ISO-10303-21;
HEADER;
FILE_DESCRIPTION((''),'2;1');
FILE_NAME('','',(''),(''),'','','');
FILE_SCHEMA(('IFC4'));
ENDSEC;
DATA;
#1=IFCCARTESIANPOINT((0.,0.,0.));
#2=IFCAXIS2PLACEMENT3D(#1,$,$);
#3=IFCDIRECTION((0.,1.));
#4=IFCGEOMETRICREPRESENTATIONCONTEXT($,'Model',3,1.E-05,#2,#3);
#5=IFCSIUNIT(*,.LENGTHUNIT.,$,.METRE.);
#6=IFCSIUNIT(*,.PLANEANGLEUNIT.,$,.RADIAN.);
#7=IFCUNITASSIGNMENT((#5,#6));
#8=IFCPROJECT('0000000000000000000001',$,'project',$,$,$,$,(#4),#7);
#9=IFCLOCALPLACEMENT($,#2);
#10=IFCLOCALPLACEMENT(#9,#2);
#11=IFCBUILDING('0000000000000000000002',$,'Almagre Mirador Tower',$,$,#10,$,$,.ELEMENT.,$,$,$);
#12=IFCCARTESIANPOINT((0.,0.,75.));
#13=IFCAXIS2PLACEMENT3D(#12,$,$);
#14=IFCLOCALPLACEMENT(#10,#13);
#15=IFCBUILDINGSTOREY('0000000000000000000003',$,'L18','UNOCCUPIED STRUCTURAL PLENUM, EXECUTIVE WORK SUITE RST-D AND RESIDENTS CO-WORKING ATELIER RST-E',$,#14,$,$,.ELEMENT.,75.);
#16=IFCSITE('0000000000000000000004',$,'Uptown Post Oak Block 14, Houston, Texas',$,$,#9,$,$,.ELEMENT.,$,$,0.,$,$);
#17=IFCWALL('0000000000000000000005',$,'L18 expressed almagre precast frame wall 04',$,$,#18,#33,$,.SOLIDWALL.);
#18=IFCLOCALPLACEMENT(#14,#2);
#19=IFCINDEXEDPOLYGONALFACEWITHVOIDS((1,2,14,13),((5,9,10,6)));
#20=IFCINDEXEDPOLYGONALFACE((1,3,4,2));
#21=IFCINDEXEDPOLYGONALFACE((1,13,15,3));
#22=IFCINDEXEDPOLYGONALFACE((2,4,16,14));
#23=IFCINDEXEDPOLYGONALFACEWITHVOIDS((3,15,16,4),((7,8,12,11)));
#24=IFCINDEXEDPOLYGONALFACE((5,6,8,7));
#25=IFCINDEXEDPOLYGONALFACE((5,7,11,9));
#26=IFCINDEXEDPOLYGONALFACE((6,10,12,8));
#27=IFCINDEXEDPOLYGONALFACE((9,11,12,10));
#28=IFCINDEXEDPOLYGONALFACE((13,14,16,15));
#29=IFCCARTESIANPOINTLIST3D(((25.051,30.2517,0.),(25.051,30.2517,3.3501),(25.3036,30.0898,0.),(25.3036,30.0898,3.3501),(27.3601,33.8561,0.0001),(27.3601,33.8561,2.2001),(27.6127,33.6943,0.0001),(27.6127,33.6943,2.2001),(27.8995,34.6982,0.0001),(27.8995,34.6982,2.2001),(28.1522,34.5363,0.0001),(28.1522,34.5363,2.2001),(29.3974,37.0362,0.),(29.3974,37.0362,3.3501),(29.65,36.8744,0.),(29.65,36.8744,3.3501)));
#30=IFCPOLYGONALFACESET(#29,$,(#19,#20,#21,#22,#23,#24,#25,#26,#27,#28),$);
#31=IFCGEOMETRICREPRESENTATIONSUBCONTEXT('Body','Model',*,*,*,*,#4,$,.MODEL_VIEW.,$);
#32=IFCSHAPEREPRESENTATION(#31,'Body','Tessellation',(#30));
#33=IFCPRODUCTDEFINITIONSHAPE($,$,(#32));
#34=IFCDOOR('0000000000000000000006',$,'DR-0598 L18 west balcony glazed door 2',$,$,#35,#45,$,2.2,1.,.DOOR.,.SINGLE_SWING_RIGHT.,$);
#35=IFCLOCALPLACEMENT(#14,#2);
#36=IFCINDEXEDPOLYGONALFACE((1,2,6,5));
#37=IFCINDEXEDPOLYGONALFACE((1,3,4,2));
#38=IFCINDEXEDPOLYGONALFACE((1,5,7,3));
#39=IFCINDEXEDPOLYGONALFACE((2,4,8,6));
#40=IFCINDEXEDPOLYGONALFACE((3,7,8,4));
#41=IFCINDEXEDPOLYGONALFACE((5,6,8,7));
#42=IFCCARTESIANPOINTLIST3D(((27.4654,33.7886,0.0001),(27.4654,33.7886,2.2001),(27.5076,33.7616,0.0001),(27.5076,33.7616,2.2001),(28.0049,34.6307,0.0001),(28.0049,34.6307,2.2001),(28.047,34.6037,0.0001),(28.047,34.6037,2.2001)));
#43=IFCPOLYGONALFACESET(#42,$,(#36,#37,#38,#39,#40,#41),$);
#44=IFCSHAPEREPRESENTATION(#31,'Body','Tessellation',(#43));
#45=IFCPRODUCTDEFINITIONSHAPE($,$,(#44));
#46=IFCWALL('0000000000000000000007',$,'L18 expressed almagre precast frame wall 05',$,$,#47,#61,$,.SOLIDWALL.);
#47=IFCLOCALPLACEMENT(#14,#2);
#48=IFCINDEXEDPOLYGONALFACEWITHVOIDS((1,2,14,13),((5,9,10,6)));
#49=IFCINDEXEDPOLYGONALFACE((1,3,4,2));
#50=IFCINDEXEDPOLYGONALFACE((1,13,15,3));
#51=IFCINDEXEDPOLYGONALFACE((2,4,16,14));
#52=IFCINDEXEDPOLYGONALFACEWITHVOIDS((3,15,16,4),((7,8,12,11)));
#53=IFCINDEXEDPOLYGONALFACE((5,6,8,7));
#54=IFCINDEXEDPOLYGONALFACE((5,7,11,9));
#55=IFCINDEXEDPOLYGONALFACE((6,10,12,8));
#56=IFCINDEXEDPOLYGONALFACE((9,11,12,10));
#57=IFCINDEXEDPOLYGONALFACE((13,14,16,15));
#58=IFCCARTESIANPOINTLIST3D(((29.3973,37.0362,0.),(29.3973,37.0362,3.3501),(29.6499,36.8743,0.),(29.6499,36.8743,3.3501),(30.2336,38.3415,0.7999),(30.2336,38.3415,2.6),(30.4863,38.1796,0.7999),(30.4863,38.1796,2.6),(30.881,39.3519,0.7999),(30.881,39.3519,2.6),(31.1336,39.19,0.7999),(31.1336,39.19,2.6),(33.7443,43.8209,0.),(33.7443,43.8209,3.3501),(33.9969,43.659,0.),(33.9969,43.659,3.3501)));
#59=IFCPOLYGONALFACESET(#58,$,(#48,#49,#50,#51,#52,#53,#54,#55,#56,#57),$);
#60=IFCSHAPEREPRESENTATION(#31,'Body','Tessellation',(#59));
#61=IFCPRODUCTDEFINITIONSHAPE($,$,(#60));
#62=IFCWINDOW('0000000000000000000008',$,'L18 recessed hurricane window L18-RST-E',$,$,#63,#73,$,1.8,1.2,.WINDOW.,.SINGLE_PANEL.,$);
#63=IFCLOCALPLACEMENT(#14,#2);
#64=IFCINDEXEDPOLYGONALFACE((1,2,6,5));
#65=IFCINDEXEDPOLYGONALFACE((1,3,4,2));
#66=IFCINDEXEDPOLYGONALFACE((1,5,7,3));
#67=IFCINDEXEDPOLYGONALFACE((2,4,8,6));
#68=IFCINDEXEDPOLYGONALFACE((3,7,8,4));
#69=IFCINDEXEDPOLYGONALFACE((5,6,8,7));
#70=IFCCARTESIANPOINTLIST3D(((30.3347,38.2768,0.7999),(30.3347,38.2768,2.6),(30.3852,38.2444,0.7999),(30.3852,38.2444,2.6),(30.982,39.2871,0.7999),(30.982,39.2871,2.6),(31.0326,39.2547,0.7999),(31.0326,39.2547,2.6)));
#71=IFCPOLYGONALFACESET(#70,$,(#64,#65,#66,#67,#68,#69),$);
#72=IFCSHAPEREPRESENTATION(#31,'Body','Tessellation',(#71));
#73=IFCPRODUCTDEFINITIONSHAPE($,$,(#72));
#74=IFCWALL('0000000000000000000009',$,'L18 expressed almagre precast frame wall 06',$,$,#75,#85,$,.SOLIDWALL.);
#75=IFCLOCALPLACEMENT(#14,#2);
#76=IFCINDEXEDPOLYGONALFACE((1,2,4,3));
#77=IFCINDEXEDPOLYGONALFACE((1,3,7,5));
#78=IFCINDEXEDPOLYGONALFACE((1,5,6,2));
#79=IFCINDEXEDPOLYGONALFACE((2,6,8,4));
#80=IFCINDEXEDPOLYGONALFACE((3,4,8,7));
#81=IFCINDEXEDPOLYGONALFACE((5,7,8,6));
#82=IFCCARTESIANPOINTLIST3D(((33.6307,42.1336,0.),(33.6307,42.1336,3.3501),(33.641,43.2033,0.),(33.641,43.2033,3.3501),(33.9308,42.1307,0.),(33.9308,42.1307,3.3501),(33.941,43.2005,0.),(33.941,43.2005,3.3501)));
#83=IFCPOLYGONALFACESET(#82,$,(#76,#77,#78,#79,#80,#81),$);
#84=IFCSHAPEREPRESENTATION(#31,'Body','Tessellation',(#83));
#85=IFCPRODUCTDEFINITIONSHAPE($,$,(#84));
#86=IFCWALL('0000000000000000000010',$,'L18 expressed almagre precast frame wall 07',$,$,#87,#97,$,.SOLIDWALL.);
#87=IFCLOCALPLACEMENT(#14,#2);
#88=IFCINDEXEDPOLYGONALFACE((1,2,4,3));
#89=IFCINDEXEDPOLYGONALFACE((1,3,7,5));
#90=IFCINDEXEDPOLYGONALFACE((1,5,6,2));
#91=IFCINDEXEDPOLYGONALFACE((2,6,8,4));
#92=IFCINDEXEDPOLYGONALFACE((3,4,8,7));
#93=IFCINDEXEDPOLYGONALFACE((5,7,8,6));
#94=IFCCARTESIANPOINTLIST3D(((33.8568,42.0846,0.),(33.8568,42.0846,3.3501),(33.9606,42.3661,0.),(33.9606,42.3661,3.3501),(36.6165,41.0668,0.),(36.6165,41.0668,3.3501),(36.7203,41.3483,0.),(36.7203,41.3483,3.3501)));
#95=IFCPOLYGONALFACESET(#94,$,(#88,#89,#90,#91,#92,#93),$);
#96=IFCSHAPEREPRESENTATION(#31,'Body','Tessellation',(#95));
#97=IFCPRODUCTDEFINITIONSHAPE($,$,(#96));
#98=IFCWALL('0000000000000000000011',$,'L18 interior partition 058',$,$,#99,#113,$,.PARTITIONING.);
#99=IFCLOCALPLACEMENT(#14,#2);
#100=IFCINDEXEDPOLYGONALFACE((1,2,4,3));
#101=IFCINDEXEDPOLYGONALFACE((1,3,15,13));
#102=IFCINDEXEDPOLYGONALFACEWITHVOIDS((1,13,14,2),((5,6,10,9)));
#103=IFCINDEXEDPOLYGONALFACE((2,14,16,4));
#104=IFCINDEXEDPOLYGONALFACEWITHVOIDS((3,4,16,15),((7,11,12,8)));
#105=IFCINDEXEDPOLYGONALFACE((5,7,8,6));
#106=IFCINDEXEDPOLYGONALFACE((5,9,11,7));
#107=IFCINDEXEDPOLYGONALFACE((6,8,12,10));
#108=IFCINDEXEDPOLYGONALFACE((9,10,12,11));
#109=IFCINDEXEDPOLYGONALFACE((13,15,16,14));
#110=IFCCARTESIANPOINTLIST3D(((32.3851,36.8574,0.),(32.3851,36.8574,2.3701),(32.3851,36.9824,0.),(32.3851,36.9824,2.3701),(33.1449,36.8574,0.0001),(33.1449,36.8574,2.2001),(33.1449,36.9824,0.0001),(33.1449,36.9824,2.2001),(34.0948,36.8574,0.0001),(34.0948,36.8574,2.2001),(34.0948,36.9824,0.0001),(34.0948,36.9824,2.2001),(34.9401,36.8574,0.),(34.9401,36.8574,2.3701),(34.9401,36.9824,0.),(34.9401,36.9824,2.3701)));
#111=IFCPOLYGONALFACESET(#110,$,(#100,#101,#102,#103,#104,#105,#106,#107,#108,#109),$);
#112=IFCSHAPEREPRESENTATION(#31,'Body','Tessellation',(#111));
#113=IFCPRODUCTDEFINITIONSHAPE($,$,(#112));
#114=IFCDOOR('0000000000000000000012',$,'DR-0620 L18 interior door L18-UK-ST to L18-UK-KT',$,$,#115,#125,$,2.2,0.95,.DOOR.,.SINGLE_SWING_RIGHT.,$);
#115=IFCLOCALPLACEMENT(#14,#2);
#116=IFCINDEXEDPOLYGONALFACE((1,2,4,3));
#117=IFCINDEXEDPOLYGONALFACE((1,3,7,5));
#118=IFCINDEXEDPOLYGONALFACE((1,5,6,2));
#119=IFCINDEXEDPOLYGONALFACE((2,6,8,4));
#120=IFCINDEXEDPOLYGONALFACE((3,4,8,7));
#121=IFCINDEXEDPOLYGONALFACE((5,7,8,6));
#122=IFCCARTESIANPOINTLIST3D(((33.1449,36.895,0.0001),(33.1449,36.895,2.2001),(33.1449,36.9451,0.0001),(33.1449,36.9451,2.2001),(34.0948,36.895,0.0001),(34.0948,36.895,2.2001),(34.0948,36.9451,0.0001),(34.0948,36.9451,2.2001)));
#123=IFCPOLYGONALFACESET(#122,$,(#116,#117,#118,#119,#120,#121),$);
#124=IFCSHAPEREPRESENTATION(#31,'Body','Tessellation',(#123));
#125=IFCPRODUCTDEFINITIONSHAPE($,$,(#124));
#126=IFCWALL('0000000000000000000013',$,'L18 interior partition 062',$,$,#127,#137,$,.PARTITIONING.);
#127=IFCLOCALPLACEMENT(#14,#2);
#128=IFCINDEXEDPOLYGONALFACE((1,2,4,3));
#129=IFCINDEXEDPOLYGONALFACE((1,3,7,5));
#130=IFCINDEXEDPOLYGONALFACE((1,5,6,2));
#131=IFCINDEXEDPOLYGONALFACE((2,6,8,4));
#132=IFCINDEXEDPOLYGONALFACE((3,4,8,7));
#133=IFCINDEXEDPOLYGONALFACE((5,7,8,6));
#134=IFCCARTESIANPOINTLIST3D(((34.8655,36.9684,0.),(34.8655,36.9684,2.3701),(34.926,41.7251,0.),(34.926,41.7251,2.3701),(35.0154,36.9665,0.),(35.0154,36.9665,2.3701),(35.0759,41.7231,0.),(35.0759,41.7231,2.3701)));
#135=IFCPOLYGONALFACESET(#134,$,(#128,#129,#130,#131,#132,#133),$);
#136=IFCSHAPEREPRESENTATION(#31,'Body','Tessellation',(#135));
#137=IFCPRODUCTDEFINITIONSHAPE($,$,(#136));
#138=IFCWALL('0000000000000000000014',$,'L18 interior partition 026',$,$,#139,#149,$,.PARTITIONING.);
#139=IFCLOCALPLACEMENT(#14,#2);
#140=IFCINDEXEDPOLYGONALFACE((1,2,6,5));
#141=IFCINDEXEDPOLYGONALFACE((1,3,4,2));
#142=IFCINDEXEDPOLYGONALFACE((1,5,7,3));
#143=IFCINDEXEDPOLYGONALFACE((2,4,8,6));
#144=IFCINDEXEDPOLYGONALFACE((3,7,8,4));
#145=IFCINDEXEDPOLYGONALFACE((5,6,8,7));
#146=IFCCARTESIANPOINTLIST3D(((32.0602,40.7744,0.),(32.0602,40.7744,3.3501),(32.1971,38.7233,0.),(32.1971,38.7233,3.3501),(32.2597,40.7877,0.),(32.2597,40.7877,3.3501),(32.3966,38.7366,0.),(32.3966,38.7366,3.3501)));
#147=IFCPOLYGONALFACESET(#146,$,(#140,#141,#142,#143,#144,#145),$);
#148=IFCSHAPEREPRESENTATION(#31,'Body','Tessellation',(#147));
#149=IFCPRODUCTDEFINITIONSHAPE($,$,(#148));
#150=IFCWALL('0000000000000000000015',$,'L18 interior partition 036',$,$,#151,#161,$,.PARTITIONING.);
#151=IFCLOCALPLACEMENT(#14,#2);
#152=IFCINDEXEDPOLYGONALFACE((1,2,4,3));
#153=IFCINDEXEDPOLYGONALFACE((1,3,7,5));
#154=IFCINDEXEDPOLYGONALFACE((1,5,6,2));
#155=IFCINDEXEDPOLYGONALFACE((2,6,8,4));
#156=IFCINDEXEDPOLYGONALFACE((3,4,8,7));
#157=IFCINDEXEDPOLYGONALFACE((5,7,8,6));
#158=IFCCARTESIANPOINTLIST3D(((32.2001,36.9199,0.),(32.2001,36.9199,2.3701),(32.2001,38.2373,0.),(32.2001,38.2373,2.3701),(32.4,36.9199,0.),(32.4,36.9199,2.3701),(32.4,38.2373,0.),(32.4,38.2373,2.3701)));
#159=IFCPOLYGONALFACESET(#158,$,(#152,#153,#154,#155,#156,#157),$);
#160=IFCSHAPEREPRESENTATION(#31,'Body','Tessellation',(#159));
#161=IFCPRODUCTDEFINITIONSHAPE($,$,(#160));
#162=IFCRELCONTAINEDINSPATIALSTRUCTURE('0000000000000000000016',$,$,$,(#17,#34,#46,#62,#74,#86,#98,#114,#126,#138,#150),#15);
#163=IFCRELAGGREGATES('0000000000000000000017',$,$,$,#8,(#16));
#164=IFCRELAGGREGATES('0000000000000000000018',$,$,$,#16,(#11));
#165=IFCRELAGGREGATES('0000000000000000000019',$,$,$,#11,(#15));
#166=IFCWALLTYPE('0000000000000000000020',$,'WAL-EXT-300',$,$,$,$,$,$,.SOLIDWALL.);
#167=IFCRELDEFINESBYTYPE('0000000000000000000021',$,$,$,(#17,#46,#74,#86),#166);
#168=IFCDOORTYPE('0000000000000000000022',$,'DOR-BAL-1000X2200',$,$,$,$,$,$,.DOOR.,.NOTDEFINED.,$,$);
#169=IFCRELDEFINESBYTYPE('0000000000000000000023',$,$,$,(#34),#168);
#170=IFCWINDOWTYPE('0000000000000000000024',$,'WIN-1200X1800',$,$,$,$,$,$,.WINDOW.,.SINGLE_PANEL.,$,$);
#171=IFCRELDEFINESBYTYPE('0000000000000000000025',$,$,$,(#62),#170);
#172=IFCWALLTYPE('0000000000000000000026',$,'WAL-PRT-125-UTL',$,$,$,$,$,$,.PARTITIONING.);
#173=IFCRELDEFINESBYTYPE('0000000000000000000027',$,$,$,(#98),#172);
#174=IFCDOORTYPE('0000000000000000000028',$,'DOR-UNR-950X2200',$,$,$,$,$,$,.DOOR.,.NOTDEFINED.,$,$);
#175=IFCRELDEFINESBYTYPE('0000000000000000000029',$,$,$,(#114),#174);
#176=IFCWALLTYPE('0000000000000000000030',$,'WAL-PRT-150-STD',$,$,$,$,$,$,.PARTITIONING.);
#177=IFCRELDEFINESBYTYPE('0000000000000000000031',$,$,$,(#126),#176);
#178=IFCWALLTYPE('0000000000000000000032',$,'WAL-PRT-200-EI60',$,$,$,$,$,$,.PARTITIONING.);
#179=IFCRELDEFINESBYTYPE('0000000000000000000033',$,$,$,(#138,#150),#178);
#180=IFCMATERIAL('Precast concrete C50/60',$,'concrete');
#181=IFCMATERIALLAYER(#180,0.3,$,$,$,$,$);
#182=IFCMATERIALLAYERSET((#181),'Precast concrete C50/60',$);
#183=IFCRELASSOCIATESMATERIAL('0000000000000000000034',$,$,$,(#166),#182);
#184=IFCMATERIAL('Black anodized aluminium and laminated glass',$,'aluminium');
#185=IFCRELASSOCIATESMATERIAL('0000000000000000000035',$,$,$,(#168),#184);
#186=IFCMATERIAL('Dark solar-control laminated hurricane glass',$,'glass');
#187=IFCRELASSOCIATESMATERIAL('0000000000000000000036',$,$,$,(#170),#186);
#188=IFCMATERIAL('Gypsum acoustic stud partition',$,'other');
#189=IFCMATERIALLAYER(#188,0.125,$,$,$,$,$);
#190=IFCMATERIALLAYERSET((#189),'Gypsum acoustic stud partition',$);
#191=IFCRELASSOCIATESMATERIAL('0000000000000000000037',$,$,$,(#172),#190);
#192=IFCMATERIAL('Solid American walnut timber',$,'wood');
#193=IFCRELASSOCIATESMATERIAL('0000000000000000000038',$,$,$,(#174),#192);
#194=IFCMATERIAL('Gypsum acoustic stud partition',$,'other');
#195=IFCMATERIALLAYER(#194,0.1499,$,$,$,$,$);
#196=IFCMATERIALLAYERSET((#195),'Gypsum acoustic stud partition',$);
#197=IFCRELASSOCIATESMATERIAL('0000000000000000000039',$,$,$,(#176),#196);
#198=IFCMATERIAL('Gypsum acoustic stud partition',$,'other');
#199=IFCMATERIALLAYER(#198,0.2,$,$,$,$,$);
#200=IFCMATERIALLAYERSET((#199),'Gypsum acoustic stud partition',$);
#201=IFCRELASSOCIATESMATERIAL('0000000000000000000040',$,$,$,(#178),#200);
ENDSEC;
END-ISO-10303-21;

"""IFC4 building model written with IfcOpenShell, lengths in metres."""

from ifc_helpers import new_model, si_unit, direction, frame, frame_2d, origin, place, context, subcontext, project, spatial, rectangle, extrude, material, layer, layer_set, type_object, element, fill, save


model = new_model("IFC4")

# Units and contexts
model_context = context("Model", 3, precision=1e-05, world=origin(), true_north=direction((0.0, 1.0)))
body_context = subcontext(model_context, "Body", "Model", "MODEL_VIEW")
ifc_project = project(units=[si_unit("LENGTHUNIT", "METRE"), si_unit("PLANEANGLEUNIT", "RADIAN")], contexts=[model_context])

# Site, building, storey
site_placement = place(None, origin())
site = spatial("IfcSite", under=ifc_project, at=site_placement, Name="Uptown Post Oak Block 14, Houston, Texas", CompositionType="ELEMENT", RefElevation=0.0)
building_placement = place(site_placement, origin())
building = spatial("IfcBuilding", under=site, at=building_placement, Name="Almagre Mirador Tower", CompositionType="ELEMENT")
storey_placement = place(building_placement, frame((0.0, 0.0, 75.0)))
storey = spatial("IfcBuildingStorey", under=building, at=storey_placement, Name="L18", Description="UNOCCUPIED STRUCTURAL PLENUM, EXECUTIVE WORK SUITE RST-D AND RESIDENTS CO-WORKING ATELIER RST-E", CompositionType="ELEMENT", Elevation=75.0)

# Wall, opening, door
ifc_material_1 = material(Name="Precast concrete C50/60", Category="concrete")
ifc_layer_1 = layer(ifc_material_1, 0.3)
ifc_layer_set_1 = layer_set([ifc_layer_1], Name="Precast concrete C50/60")
wall_type_1 = type_object("IfcWallType", Name="WAL-EXT-300", PredefinedType="SOLIDWALL", material=ifc_layer_set_1)
wall_1_placement = place(storey_placement, frame((25.1772, 30.1707, 0.0), z_axis=(0.0, 0.0, 1.0), x_axis=(0.539428, 0.842032, 0.0)))
wall_1 = element("IfcWall", 1, at=wall_1_placement, inside=storey, type_object=wall_type_1, Name="L18 expressed almagre precast frame wall 04", PredefinedType="SOLIDWALL", context=body_context, shape_type="SweptSolid", body=[
    extrude(rectangle(XDim=8.0574, YDim=0.3, at=frame_2d((4.0288, 0.0))), origin(), (0.0, 0.0, 1.0), 3.3501),
])
opening_1_placement = place(wall_1_placement, frame((4.2808, 0.0, 0.0)))
opening_1 = element("IfcOpeningElement", 2, at=opening_1_placement, cuts=wall_1, PredefinedType="OPENING", context=body_context, shape_type="SweptSolid", body=[
    extrude(rectangle(XDim=1.0, YDim=2.2, at=frame_2d((0.5, 1.1001))), frame((0.0, 0.1599, 0.0), z_axis=(0.0, -1.0, 0.0), x_axis=(1.0, 0.0, 0.0)), (0.0, 0.0, 1.0), 0.32),
])
ifc_material_2 = material(Name="Black anodized aluminium and laminated glass", Category="aluminium")
door_type_1 = type_object("IfcDoorType", Name="DOR-BAL-1000X2200", OperationType="NOTDEFINED", PredefinedType="DOOR", material=ifc_material_2)
door_1_placement = place(opening_1_placement, origin())
door_1 = element("IfcDoor", 3, at=door_1_placement, inside=storey, type_object=door_type_1, Name="DR-0598 L18 west balcony glazed door 2", OperationType="SINGLE_SWING_RIGHT", OverallHeight=2.2, OverallWidth=1.0, PredefinedType="DOOR", context=body_context, shape_type="SweptSolid", body=[
    extrude(rectangle(XDim=1.0, YDim=2.2, at=frame_2d((0.5, 1.1001))), frame((0.0, 0.0249, 0.0), z_axis=(0.0, -1.0, 0.0), x_axis=(1.0, 0.0, 0.0)), (0.0, 0.0, 1.0), 0.05),
])
fill(opening_1, door_1)

# Wall, opening, window
wall_2_placement = place(storey_placement, frame((29.5237, 36.9553, 0.0), z_axis=(0.0, 0.0, 1.0), x_axis=(0.539471, 0.842004, 0.0)))
wall_2 = element("IfcWall", 4, at=wall_2_placement, inside=storey, type_object=wall_type_1, Name="L18 expressed almagre precast frame wall 05", PredefinedType="SOLIDWALL", context=body_context, shape_type="SweptSolid", body=[
    extrude(rectangle(XDim=8.0579, YDim=0.3, at=frame_2d((4.0288, 0.0))), origin(), (0.0, 0.0, 1.0), 3.3501),
])
opening_2_placement = place(wall_2_placement, frame((1.55, 0.0, 0.8)))
opening_2 = element("IfcOpeningElement", 5, at=opening_2_placement, cuts=wall_2, PredefinedType="OPENING", context=body_context, shape_type="SweptSolid", body=[
    extrude(rectangle(XDim=1.2, YDim=1.8, at=frame_2d((0.6001, 0.8999))), frame((0.0, 0.1599, 0.0), z_axis=(0.0, -1.0, 0.0), x_axis=(1.0, 0.0, 0.0)), (0.0, 0.0, 1.0), 0.32),
])
ifc_material_3 = material(Name="Dark solar-control laminated hurricane glass", Category="glass")
window_type = type_object("IfcWindowType", Name="WIN-1200X1800", PartitioningType="SINGLE_PANEL", PredefinedType="WINDOW", material=ifc_material_3)
window_placement = place(opening_2_placement, origin())
window = element("IfcWindow", 6, at=window_placement, inside=storey, type_object=window_type, Name="L18 recessed hurricane window L18-RST-E", OverallHeight=1.8, OverallWidth=1.2, PartitioningType="SINGLE_PANEL", PredefinedType="WINDOW", context=body_context, shape_type="SweptSolid", body=[
    extrude(rectangle(XDim=1.2, YDim=1.8, at=frame_2d((0.6001, 0.8999))), frame((0.0, 0.03, 0.0), z_axis=(0.0, -1.0, 0.0), x_axis=(1.0, 0.0, 0.0)), (0.0, 0.0, 1.0), 0.0601),
])
fill(opening_2, window)

# Walls
wall_3_placement = place(storey_placement, frame((33.791, 43.2019, 0.0), z_axis=(0.0, 0.0, 1.0), x_axis=(-0.009584, -0.999954, 0.0)))
element("IfcWall", 7, at=wall_3_placement, inside=storey, type_object=wall_type_1, Name="L18 expressed almagre precast frame wall 06", PredefinedType="SOLIDWALL", context=body_context, shape_type="SweptSolid", body=[
    extrude(rectangle(XDim=1.0698, YDim=0.3, at=frame_2d((0.5349, 0.0))), origin(), (0.0, 0.0, 1.0), 3.3501),
])
wall_4_placement = place(storey_placement, frame((33.9087, 42.2253, 0.0), z_axis=(0.0, 0.0, 1.0), x_axis=(0.938225, -0.346025, 0.0)))
element("IfcWall", 8, at=wall_4_placement, inside=storey, type_object=wall_type_1, Name="L18 expressed almagre precast frame wall 07", PredefinedType="SOLIDWALL", context=body_context, shape_type="SweptSolid", body=[
    extrude(rectangle(XDim=2.9414, YDim=0.3, at=frame_2d((1.4707, 0.0))), origin(), (0.0, 0.0, 1.0), 3.3501),
])

# Wall, opening, door
ifc_material_4 = material(Name="Gypsum acoustic stud partition", Category="other")
ifc_layer_2 = layer(ifc_material_4, 0.125)
ifc_layer_set_2 = layer_set([ifc_layer_2], Name="Gypsum acoustic stud partition")
wall_type_2 = type_object("IfcWallType", Name="WAL-PRT-125-UTL", PredefinedType="PARTITIONING", material=ifc_layer_set_2)
wall_5_placement = place(storey_placement, frame((34.9399, 36.9199, 0.0), z_axis=(0.0, 0.0, 1.0), x_axis=(-1.0, 0.0, 0.0)))
wall_5 = element("IfcWall", 9, at=wall_5_placement, inside=storey, type_object=wall_type_2, Name="L18 interior partition 058", PredefinedType="PARTITIONING", context=body_context, shape_type="SweptSolid", body=[
    extrude(rectangle(XDim=2.5549, YDim=0.125, at=frame_2d((1.2773, 0.0))), origin(), (0.0, 0.0, 1.0), 2.3701),
])
opening_3_placement = place(wall_5_placement, frame((0.845, 0.0, 0.0)))
opening_3 = element("IfcOpeningElement", 10, at=opening_3_placement, cuts=wall_5, PredefinedType="OPENING", context=body_context, shape_type="SweptSolid", body=[
    extrude(rectangle(XDim=0.95, YDim=2.2, at=frame_2d((0.4751, 1.1001))), frame((0.0, 0.0725, 0.0), z_axis=(0.0, -1.0, 0.0), x_axis=(1.0, 0.0, 0.0)), (0.0, 0.0, 1.0), 0.145),
])
ifc_material_5 = material(Name="Solid American walnut timber", Category="wood")
door_type_2 = type_object("IfcDoorType", Name="DOR-UNR-950X2200", OperationType="NOTDEFINED", PredefinedType="DOOR", material=ifc_material_5)
door_2_placement = place(opening_3_placement, origin())
door_2 = element("IfcDoor", 11, at=door_2_placement, inside=storey, type_object=door_type_2, Name="DR-0620 L18 interior door L18-UK-ST to L18-UK-KT", OperationType="SINGLE_SWING_RIGHT", OverallHeight=2.2, OverallWidth=0.95, PredefinedType="DOOR", context=body_context, shape_type="SweptSolid", body=[
    extrude(rectangle(XDim=0.95, YDim=2.2, at=frame_2d((0.4751, 1.1001))), frame((0.0, 0.0249, 0.0), z_axis=(0.0, -1.0, 0.0), x_axis=(1.0, 0.0, 0.0)), (0.0, 0.0, 1.0), 0.05),
])
fill(opening_3, door_2)

# Walls
ifc_material_6 = material(Name="Gypsum acoustic stud partition", Category="other")
ifc_layer_3 = layer(ifc_material_6, 0.1499)
ifc_layer_set_3 = layer_set([ifc_layer_3], Name="Gypsum acoustic stud partition")
wall_type_3 = type_object("IfcWallType", Name="WAL-PRT-150-STD", PredefinedType="PARTITIONING", material=ifc_layer_set_3)
wall_6_placement = place(storey_placement, frame((34.9404, 36.9675, 0.0), z_axis=(0.0, 0.0, 1.0), x_axis=(0.012728, 0.999919, 0.0)))
element("IfcWall", 12, at=wall_6_placement, inside=storey, type_object=wall_type_3, Name="L18 interior partition 062", PredefinedType="PARTITIONING", context=body_context, shape_type="SweptSolid", body=[
    extrude(rectangle(XDim=4.7571, YDim=0.1499, at=frame_2d((2.3784, 0.0))), origin(), (0.0, 0.0, 1.0), 2.3701),
])
ifc_material_7 = material(Name="Gypsum acoustic stud partition", Category="other")
ifc_layer_4 = layer(ifc_material_7, 0.2)
ifc_layer_set_4 = layer_set([ifc_layer_4], Name="Gypsum acoustic stud partition")
wall_type_4 = type_object("IfcWallType", Name="WAL-PRT-200-EI60", PredefinedType="PARTITIONING", material=ifc_layer_set_4)
wall_7_placement = place(storey_placement, frame((32.2969, 38.73, 0.0), z_axis=(0.0, 0.0, 1.0), x_axis=(-0.066629, 0.997778, 0.0)))
element("IfcWall", 13, at=wall_7_placement, inside=storey, type_object=wall_type_4, Name="L18 interior partition 026", PredefinedType="PARTITIONING", context=body_context, shape_type="SweptSolid", body=[
    extrude(rectangle(XDim=2.0557, YDim=0.2, at=frame_2d((1.0278, 0.0))), origin(), (0.0, 0.0, 1.0), 3.3501),
])
wall_8_placement = place(storey_placement, frame((32.3, 36.9199, 0.0), z_axis=(0.0, 0.0, 1.0), x_axis=(0.0, 1.0, 0.0)))
element("IfcWall", 14, at=wall_8_placement, inside=storey, type_object=wall_type_4, Name="L18 interior partition 036", PredefinedType="PARTITIONING", context=body_context, shape_type="SweptSolid", body=[
    extrude(rectangle(XDim=1.3174, YDim=0.2, at=frame_2d((0.6587, 0.0))), origin(), (0.0, 0.0, 1.0), 2.3701),
])

save(model, "model.ifc")
